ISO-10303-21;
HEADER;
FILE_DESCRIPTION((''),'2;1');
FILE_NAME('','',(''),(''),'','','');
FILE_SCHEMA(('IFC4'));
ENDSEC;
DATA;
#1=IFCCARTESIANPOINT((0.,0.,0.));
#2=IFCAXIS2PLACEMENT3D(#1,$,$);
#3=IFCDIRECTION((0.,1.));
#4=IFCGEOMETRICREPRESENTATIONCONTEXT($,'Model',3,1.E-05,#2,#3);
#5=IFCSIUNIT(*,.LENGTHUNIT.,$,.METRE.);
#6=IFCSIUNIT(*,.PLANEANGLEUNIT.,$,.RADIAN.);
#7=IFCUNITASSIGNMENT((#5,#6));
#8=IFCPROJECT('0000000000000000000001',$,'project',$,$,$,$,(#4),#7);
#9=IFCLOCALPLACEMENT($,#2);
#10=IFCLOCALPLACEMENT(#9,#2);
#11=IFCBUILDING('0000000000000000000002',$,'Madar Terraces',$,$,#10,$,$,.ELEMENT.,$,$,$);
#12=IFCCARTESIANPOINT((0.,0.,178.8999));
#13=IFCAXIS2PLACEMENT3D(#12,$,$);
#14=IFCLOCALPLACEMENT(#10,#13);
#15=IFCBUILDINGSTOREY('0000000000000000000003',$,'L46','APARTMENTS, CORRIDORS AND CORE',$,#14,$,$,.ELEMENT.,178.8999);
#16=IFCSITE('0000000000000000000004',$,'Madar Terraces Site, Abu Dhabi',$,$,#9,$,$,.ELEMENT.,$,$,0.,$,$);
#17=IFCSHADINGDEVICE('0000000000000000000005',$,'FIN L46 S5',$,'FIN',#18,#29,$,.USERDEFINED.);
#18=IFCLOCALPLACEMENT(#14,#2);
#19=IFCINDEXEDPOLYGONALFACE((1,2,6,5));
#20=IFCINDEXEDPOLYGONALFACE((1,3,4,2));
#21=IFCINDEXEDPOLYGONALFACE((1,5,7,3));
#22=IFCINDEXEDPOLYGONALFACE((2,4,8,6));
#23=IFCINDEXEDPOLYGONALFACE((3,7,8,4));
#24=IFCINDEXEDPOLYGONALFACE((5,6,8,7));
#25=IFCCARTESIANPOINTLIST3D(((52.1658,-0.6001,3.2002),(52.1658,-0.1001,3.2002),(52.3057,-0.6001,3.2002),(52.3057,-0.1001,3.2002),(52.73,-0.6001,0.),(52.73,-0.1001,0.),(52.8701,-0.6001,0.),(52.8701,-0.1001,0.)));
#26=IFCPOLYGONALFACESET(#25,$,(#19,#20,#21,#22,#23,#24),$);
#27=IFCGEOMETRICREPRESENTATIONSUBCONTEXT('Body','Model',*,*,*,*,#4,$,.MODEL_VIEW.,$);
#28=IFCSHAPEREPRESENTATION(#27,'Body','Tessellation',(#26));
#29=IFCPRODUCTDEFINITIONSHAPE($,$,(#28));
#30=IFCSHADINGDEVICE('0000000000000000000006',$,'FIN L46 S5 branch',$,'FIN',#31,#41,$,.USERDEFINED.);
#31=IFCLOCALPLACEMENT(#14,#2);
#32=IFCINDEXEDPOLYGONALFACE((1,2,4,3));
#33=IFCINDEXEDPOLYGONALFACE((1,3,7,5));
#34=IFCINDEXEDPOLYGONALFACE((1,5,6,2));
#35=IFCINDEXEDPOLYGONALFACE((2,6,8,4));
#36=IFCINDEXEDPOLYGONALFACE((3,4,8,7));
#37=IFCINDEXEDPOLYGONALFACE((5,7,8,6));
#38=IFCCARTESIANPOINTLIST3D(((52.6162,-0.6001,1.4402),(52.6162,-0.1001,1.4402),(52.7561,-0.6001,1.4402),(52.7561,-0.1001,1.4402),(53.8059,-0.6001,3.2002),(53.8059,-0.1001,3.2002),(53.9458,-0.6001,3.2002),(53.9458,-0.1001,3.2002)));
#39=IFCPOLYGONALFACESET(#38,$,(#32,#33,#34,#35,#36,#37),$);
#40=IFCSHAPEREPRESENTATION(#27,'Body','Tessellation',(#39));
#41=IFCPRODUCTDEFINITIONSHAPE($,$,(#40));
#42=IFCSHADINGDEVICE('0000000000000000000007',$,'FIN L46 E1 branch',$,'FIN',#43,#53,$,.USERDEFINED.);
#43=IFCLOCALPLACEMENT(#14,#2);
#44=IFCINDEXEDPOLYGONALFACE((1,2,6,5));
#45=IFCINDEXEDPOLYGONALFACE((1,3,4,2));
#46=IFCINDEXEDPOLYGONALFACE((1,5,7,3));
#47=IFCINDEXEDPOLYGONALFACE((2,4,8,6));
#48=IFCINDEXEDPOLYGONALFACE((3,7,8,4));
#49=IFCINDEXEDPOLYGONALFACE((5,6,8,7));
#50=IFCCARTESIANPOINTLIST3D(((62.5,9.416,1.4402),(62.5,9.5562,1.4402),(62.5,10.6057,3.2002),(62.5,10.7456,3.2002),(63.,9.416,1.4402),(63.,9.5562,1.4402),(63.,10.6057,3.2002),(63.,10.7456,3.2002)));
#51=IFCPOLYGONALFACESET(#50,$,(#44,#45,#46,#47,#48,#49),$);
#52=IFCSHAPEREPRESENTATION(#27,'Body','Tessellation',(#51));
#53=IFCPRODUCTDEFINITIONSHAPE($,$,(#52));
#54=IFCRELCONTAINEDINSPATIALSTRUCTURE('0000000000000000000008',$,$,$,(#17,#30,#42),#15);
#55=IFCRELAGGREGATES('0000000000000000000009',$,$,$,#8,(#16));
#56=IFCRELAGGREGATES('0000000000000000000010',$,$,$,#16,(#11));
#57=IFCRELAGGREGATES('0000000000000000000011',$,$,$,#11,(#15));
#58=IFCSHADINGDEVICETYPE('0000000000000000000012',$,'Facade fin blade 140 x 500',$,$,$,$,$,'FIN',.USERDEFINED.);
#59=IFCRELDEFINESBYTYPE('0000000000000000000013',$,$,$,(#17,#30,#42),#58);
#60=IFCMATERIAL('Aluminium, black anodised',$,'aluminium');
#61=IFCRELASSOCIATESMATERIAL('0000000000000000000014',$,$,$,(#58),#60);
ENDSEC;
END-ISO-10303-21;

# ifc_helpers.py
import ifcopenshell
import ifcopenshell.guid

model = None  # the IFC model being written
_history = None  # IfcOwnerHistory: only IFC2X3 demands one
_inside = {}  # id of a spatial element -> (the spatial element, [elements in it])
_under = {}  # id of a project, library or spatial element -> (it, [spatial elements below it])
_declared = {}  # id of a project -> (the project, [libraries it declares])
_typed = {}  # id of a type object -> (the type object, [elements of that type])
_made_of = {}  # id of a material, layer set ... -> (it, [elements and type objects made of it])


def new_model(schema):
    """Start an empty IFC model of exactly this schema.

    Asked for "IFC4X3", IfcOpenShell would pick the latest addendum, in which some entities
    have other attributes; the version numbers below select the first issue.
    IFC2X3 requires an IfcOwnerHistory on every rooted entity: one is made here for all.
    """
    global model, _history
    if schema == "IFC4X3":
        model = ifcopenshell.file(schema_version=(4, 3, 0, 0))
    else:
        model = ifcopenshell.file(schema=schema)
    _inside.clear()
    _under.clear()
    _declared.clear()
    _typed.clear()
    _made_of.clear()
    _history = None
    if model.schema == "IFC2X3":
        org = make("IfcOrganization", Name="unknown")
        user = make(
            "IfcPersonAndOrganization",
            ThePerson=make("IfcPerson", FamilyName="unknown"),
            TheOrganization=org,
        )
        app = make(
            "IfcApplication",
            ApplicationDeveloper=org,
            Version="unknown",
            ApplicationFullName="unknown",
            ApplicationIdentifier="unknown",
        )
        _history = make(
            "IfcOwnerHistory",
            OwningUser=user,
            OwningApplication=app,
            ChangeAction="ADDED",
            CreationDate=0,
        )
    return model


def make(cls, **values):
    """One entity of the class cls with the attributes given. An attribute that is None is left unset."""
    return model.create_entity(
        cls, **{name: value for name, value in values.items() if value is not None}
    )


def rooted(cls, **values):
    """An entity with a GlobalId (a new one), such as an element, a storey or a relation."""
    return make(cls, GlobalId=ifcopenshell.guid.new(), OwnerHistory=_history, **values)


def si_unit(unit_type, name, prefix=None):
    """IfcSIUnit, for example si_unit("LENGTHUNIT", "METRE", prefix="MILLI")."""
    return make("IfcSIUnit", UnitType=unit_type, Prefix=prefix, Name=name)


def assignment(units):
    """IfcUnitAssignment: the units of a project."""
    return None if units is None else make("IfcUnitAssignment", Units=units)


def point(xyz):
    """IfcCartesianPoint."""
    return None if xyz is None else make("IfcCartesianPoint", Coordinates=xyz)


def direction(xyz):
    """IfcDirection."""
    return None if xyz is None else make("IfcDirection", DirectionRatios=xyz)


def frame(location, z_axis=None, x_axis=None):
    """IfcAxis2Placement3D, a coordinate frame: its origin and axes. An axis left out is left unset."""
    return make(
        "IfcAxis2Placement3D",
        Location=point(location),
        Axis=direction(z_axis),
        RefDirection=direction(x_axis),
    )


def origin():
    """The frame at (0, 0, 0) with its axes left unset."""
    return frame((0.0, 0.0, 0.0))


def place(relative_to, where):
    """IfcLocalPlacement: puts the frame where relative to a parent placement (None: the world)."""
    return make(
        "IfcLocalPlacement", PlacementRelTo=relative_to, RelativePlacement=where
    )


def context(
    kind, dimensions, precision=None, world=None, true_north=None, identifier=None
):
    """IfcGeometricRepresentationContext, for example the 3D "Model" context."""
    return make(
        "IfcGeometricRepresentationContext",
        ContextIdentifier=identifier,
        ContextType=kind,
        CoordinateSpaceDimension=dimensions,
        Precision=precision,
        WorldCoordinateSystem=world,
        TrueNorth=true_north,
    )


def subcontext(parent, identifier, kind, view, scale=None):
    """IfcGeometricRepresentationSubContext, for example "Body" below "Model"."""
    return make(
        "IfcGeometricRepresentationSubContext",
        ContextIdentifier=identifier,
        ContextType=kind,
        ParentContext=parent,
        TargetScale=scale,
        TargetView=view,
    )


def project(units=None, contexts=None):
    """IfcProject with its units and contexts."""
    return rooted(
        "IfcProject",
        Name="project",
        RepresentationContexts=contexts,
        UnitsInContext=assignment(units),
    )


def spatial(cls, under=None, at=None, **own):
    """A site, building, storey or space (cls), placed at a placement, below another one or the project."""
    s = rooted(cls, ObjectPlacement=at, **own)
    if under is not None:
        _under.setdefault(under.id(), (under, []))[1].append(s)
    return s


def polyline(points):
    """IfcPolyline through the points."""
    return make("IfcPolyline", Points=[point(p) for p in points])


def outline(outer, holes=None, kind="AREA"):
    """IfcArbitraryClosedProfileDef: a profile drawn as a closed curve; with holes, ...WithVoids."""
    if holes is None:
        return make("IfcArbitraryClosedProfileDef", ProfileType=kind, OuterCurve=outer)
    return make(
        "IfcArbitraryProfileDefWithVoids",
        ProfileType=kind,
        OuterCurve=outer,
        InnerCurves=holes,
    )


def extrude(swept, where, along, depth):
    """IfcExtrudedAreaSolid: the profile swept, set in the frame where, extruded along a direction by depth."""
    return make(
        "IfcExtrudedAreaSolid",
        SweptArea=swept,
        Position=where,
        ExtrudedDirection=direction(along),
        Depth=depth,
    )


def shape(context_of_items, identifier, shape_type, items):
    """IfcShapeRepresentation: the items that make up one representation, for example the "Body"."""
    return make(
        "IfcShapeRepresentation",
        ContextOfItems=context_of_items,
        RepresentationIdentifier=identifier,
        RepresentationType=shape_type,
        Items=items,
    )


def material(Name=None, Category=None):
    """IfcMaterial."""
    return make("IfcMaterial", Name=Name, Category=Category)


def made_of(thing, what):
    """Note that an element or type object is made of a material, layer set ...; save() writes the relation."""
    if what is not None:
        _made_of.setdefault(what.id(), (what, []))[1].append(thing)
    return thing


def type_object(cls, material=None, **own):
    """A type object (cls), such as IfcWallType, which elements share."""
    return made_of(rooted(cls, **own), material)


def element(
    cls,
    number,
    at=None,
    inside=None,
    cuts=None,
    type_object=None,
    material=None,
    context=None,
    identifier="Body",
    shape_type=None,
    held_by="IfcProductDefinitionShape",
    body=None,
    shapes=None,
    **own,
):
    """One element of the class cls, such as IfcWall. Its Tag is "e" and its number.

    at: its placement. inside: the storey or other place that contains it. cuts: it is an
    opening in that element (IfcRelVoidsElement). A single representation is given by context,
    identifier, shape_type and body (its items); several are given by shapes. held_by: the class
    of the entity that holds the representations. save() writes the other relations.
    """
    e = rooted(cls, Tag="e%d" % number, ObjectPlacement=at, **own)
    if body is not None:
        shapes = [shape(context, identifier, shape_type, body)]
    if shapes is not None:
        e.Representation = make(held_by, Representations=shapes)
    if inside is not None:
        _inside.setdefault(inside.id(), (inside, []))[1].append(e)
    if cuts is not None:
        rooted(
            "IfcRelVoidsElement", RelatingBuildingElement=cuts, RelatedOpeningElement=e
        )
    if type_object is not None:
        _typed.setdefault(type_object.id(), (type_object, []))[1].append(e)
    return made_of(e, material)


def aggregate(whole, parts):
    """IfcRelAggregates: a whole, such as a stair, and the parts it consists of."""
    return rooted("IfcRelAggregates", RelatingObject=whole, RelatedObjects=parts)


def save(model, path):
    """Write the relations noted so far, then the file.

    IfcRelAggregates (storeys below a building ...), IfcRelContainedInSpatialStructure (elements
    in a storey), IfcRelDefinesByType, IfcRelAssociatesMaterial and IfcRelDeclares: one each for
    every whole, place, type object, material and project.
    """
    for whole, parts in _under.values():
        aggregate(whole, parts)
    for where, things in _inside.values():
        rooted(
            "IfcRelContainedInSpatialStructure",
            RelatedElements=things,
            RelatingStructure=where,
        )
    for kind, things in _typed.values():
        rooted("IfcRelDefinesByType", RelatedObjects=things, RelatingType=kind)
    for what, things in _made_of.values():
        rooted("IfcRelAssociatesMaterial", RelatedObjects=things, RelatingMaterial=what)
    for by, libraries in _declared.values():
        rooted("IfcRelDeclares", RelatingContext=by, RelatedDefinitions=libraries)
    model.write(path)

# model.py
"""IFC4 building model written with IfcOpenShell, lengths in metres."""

from ifc_helpers import new_model, si_unit, direction, frame, origin, place, context, subcontext, project, spatial, polyline, outline, extrude, material, type_object, element, save


model = new_model("IFC4")

# Units and contexts
model_context = context("Model", 3, precision=1e-05, world=origin(), true_north=direction((0.0, 1.0)))
body_context = subcontext(model_context, "Body", "Model", "MODEL_VIEW")
ifc_project = project(units=[si_unit("LENGTHUNIT", "METRE"), si_unit("PLANEANGLEUNIT", "RADIAN")], contexts=[model_context])

# Site, building, storey
site_placement = place(None, origin())
site = spatial("IfcSite", under=ifc_project, at=site_placement, Name="Madar Terraces Site, Abu Dhabi", CompositionType="ELEMENT", RefElevation=0.0)
building_placement = place(site_placement, origin())
building = spatial("IfcBuilding", under=site, at=building_placement, Name="Madar Terraces", CompositionType="ELEMENT")
storey_placement = place(building_placement, frame((0.0, 0.0, 178.8999)))
storey = spatial("IfcBuildingStorey", under=building, at=storey_placement, Name="L46", Description="APARTMENTS, CORRIDORS AND CORE", CompositionType="ELEMENT", Elevation=178.8999)

# Shading devices
ifc_material_1 = material(Name="Aluminium, black anodised", Category="aluminium")
shading_device_type = type_object("IfcShadingDeviceType", Name="Facade fin blade 140 x 500", ElementType="FIN", PredefinedType="USERDEFINED", material=ifc_material_1)
shading_device_1_placement = place(storey_placement, frame((52.73, -0.3501, 0.0), z_axis=(0.0, 0.0, 1.0), x_axis=(1.0, 0.0, 0.0)))
element("IfcShadingDevice", 1, at=shading_device_1_placement, inside=storey, type_object=shading_device_type, Name="FIN L46 S5", ObjectType="FIN", PredefinedType="USERDEFINED", context=body_context, shape_type="SweptSolid", body=[
    extrude(outline(polyline([(0.0, 0.0), (0.1401, 0.0), (-0.4243, 3.2002), (-0.5642, 3.2002), (0.0, 0.0)])), frame((0.0, 0.25, 0.0), z_axis=(0.0, -1.0, 0.0), x_axis=(1.0, 0.0, 0.0)), (0.0, 0.0, 1.0), 0.5),
])
shading_device_2_placement = place(storey_placement, frame((52.6162, -0.3501, 1.4402), z_axis=(0.0, 0.0, 1.0), x_axis=(1.0, 0.0, 0.0)))
element("IfcShadingDevice", 2, at=shading_device_2_placement, inside=storey, type_object=shading_device_type, Name="FIN L46 S5 branch", ObjectType="FIN", PredefinedType="USERDEFINED", context=body_context, shape_type="SweptSolid", body=[
    extrude(outline(polyline([(0.0, 0.0), (0.1399, 0.0), (1.3296, 1.76), (1.1897, 1.76), (0.0, 0.0)])), frame((0.0, 0.25, 0.0), z_axis=(0.0, -1.0, 0.0), x_axis=(1.0, 0.0, 0.0)), (0.0, 0.0, 1.0), 0.5),
])
shading_device_3_placement = place(storey_placement, frame((62.75, 9.416, 1.4402), z_axis=(0.0, 0.0, 1.0), x_axis=(0.0, 1.0, 0.0)))
element("IfcShadingDevice", 3, at=shading_device_3_placement, inside=storey, type_object=shading_device_type, Name="FIN L46 E1 branch", ObjectType="FIN", PredefinedType="USERDEFINED", context=body_context, shape_type="SweptSolid", body=[
    extrude(outline(polyline([(0.0, 0.0), (0.1401, 0.0), (1.3296, 1.76), (1.1897, 1.76), (0.0, 0.0)])), frame((0.0, 0.25, 0.0), z_axis=(0.0, -1.0, 0.0), x_axis=(1.0, 0.0, 0.0)), (0.0, 0.0, 1.0), 0.5),
])

save(model, "model.ifc")
